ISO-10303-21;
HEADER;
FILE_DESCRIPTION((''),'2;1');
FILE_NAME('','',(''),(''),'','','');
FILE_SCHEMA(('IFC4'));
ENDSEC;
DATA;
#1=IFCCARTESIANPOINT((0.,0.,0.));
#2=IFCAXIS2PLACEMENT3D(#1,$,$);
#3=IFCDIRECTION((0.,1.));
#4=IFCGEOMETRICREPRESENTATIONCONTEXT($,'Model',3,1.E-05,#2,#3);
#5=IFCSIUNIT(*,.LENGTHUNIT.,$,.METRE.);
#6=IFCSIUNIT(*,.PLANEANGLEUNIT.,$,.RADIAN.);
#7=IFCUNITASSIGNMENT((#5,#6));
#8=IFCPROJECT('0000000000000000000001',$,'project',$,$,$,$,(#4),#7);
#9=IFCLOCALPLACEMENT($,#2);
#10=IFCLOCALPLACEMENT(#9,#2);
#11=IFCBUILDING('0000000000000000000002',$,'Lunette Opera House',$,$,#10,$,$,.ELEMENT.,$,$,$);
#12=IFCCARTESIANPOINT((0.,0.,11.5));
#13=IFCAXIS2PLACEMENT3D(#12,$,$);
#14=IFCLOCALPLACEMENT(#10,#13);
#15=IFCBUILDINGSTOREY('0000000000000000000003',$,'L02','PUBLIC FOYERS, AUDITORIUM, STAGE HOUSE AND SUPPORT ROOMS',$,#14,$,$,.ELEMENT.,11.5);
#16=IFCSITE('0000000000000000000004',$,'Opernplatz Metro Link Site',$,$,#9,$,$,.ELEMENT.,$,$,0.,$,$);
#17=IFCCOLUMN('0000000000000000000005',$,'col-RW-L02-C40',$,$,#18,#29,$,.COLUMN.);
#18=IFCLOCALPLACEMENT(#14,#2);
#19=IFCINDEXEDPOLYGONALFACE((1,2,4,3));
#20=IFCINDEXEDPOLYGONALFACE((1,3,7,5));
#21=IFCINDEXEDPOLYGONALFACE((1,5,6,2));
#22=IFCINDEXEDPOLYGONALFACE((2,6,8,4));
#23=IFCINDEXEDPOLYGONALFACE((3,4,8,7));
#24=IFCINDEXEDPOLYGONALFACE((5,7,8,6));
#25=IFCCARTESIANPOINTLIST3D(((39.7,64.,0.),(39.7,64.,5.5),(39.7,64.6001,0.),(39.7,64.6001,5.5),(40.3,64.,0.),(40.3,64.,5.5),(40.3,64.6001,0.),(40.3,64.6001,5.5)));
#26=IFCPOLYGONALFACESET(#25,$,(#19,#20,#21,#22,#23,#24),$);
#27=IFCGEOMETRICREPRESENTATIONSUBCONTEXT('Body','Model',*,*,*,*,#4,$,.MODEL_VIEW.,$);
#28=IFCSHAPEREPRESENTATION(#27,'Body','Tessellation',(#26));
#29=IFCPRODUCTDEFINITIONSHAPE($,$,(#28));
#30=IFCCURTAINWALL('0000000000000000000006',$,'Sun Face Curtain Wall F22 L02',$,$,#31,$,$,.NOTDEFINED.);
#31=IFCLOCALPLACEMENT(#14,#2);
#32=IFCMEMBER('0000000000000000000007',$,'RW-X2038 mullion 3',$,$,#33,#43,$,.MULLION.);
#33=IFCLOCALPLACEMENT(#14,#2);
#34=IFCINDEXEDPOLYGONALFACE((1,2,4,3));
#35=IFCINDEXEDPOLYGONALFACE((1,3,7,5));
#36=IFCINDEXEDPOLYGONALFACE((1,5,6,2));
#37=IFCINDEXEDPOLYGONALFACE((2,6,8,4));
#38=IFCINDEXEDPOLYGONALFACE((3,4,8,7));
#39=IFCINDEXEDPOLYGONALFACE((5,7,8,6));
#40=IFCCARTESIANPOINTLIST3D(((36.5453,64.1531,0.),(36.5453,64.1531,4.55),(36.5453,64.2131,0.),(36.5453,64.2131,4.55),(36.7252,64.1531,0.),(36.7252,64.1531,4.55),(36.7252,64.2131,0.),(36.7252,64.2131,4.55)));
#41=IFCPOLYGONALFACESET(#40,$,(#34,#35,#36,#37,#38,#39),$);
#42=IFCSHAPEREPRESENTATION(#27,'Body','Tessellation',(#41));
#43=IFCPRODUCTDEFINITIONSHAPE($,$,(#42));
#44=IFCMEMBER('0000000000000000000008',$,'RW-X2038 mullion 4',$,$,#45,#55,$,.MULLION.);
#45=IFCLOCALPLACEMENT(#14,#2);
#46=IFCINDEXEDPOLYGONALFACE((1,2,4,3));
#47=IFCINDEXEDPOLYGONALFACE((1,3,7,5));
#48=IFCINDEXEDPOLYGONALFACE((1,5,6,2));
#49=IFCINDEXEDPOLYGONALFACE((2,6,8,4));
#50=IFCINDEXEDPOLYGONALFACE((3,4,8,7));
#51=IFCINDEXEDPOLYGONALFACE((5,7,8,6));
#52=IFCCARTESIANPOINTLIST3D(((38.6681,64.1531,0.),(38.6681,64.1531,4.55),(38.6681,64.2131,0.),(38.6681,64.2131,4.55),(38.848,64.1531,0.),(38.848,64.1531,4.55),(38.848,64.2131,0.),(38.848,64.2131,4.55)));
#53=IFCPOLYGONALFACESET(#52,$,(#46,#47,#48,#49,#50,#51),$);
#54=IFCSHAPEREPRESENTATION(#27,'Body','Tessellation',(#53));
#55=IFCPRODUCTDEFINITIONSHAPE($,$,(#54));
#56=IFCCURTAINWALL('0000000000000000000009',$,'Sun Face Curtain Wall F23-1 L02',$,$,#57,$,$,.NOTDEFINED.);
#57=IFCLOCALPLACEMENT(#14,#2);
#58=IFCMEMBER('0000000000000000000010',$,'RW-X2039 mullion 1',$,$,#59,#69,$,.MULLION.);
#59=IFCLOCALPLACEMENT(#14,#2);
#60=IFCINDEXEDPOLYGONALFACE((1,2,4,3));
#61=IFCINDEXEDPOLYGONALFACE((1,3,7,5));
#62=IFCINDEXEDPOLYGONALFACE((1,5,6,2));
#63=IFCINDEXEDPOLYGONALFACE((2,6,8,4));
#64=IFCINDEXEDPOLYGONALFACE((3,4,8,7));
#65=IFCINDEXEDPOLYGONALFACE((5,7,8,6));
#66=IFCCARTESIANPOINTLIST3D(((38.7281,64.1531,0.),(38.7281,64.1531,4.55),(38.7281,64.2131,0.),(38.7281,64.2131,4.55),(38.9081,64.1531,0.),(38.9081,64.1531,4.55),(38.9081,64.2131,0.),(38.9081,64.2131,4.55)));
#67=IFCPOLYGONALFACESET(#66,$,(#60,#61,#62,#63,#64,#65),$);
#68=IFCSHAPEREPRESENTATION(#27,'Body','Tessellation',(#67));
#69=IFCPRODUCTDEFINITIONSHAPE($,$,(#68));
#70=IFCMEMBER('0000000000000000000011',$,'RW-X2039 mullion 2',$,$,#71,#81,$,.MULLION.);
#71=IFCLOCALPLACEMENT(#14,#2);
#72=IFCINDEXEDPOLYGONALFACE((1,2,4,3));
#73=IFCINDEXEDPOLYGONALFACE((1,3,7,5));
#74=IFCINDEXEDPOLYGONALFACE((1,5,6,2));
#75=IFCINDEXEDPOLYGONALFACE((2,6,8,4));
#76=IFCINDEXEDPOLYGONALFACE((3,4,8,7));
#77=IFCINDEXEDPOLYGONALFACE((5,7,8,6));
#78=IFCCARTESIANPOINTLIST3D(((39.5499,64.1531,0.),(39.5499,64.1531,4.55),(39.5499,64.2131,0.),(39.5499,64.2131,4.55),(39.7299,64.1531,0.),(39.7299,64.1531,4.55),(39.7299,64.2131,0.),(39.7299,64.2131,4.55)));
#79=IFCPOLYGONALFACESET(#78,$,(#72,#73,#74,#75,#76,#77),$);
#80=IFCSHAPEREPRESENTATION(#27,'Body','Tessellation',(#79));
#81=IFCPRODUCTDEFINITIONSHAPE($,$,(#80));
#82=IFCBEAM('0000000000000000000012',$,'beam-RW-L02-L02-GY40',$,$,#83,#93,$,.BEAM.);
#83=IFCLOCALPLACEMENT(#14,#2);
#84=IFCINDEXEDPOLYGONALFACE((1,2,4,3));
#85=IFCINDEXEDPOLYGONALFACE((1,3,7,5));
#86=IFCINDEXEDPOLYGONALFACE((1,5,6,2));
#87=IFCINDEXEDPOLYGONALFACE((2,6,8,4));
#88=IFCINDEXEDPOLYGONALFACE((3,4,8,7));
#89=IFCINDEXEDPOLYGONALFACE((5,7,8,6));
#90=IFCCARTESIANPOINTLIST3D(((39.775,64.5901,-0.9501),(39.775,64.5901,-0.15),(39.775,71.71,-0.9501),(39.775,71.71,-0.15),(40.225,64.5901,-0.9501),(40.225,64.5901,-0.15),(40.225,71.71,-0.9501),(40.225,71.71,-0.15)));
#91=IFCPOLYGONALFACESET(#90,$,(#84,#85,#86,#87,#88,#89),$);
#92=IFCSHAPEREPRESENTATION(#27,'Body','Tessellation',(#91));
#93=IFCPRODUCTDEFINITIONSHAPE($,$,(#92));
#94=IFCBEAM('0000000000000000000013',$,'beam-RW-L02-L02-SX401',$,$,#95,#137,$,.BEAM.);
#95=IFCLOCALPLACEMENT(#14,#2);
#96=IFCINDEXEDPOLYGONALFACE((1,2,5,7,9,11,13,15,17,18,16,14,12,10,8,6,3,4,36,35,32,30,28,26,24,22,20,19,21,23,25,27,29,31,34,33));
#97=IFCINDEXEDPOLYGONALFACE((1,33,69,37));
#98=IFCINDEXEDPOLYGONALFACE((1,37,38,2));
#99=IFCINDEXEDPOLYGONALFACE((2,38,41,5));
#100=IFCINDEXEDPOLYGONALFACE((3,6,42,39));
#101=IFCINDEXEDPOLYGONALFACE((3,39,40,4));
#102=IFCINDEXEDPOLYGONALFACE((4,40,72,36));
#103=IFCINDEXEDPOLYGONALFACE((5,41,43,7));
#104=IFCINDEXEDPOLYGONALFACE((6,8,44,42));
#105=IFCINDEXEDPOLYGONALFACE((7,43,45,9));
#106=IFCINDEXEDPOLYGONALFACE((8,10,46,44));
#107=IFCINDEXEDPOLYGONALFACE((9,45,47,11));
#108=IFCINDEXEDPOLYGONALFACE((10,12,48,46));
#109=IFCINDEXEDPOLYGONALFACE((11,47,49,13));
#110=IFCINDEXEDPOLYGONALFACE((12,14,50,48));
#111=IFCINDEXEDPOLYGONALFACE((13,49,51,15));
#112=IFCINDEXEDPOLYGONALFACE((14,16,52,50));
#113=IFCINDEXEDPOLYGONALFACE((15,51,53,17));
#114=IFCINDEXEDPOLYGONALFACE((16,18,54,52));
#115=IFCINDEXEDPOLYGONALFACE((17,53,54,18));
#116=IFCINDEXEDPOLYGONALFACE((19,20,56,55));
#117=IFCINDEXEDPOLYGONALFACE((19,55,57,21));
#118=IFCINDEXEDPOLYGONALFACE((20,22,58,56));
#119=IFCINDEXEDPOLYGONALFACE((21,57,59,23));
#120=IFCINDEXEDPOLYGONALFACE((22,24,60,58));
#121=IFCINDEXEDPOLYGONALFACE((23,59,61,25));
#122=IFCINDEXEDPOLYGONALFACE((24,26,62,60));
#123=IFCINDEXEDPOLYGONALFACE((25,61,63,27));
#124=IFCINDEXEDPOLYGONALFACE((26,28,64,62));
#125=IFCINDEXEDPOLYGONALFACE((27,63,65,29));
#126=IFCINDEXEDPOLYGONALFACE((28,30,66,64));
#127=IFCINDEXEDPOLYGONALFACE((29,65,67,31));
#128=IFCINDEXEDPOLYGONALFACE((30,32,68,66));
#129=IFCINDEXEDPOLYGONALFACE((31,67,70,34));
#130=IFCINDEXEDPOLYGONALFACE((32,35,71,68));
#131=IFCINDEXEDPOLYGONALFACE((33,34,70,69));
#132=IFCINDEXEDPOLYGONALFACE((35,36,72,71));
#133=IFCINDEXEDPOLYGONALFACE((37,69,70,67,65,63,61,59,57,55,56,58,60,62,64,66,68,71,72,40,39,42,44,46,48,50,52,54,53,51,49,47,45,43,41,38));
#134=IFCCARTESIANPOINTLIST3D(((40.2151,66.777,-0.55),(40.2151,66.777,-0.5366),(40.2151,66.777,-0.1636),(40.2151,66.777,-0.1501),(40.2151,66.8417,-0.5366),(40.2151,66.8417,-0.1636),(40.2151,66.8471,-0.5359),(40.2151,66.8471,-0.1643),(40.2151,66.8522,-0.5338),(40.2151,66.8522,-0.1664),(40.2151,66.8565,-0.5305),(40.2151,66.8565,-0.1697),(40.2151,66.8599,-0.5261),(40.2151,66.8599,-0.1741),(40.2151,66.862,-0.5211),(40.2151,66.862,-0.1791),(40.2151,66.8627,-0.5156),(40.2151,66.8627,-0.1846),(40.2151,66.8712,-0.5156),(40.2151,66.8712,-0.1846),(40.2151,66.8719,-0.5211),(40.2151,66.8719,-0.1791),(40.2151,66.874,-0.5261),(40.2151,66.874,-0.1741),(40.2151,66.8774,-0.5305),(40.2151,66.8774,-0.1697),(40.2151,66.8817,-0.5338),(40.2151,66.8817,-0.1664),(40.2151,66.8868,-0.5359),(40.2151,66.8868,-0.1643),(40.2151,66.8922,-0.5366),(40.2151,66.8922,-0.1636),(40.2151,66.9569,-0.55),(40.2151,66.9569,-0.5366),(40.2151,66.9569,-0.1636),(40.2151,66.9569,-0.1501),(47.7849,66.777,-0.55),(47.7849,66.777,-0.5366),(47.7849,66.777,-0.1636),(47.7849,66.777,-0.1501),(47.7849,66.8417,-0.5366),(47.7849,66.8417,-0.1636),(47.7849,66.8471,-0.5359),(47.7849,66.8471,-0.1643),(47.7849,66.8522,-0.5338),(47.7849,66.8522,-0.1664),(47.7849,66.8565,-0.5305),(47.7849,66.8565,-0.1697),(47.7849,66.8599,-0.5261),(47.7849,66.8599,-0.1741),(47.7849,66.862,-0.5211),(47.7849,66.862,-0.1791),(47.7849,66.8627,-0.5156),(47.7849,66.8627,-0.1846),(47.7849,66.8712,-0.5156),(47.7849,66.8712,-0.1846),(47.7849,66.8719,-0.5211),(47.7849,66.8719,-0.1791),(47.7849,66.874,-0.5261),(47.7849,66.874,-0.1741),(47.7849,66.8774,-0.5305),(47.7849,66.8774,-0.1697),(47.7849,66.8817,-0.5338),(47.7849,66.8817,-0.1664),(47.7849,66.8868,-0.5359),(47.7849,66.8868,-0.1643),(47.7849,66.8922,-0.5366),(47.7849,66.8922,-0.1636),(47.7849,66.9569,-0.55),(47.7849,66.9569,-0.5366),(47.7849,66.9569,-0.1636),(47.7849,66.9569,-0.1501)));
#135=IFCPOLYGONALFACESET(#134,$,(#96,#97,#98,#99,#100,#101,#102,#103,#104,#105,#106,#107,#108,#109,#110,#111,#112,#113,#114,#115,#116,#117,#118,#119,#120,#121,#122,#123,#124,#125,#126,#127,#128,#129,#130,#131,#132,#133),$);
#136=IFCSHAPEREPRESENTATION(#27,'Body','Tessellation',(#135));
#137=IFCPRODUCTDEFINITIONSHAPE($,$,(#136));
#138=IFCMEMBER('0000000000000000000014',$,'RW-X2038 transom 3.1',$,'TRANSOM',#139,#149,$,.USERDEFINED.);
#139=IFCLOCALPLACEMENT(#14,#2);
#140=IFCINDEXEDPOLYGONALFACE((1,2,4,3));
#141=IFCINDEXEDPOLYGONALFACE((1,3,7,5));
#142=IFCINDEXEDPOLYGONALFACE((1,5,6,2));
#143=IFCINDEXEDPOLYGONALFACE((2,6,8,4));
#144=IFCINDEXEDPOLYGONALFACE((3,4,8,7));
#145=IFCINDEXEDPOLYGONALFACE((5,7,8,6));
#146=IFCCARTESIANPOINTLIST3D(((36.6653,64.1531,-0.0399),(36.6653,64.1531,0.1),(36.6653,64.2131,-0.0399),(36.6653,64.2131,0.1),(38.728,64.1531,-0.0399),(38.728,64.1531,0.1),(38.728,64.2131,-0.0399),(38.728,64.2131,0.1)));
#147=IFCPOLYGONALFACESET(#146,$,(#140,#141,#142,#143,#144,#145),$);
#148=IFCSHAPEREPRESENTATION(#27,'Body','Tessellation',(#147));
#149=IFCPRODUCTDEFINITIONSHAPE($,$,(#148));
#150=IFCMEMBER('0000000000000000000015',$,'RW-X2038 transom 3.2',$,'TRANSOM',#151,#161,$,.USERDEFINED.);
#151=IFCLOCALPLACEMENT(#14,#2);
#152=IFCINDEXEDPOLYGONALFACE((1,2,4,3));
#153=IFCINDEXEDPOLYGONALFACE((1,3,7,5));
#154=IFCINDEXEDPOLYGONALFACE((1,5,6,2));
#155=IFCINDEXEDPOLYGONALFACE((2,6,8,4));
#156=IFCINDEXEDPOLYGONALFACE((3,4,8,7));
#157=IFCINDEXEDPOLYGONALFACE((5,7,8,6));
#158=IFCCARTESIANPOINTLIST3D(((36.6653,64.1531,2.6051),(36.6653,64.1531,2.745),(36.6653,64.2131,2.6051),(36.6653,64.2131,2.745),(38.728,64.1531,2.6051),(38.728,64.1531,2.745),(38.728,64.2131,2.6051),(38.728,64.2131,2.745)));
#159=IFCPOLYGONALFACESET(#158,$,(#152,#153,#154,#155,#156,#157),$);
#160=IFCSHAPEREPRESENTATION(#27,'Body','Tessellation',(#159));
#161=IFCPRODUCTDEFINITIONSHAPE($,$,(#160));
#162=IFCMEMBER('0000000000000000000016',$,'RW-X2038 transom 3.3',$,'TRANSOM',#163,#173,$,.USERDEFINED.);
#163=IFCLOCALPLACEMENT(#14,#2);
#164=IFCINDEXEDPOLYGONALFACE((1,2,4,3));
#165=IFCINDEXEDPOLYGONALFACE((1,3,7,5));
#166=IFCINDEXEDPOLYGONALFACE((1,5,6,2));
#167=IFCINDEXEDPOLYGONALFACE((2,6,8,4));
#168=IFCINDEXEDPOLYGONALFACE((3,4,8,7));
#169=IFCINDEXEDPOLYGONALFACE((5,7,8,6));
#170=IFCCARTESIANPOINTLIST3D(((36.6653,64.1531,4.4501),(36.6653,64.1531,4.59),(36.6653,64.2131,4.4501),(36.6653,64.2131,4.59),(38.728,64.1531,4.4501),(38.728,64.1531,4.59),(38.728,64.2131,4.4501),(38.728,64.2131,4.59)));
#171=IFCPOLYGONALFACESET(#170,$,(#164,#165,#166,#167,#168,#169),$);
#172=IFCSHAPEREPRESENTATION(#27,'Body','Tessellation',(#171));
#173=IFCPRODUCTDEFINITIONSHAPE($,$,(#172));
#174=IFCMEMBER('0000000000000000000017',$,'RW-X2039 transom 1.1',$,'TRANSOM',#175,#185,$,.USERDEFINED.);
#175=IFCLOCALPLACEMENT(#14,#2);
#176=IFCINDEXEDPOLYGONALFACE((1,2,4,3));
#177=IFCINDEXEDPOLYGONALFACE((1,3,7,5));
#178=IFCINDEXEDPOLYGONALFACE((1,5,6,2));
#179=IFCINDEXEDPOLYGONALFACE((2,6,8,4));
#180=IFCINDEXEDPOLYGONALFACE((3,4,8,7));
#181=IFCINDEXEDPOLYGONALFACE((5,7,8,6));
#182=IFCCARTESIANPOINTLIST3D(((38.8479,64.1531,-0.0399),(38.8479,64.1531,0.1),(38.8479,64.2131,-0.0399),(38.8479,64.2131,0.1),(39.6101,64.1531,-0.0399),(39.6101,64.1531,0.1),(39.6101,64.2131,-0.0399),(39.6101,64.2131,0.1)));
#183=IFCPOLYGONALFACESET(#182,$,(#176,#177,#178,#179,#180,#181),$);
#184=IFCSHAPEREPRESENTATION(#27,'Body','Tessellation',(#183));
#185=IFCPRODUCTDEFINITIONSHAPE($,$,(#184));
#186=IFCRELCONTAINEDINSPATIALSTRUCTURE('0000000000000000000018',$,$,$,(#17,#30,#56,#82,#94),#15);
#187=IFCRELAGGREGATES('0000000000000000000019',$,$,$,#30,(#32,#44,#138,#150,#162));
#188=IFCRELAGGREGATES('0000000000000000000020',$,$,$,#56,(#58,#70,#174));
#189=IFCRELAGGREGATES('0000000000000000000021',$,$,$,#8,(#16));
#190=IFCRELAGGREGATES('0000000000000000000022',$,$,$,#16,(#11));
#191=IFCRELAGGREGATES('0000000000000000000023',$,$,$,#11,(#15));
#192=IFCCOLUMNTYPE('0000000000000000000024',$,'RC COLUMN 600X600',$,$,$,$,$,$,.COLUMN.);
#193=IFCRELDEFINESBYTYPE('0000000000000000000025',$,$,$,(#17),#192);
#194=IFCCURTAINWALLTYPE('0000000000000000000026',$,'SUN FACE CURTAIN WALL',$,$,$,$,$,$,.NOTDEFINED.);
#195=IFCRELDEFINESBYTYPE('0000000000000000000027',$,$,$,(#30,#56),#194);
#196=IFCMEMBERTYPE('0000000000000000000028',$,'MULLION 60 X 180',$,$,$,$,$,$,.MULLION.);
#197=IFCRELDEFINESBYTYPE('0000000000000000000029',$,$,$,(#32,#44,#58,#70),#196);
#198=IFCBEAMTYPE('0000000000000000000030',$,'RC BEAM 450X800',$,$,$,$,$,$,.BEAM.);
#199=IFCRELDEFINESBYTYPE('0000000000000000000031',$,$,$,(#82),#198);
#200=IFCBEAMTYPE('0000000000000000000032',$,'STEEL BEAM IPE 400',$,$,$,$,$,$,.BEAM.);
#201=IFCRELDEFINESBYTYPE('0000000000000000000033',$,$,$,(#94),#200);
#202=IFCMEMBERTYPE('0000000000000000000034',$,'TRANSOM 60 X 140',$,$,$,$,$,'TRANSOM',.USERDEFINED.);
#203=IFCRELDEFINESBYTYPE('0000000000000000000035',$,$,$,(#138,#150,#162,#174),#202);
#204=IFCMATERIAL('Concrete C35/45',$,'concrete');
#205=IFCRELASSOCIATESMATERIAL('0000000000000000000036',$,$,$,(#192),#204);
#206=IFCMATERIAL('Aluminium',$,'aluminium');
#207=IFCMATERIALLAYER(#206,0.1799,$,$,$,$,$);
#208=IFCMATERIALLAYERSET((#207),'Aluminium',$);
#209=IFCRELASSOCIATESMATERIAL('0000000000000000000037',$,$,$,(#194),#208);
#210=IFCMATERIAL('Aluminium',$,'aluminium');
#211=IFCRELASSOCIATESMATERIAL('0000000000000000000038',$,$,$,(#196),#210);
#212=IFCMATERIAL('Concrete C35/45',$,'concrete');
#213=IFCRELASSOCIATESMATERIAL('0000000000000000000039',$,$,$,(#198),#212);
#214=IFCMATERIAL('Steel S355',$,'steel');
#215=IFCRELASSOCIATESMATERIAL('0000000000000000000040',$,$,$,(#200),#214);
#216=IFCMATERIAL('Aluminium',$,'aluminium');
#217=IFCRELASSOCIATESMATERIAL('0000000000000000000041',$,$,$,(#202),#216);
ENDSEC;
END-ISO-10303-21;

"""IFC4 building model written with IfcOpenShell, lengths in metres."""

from ifc_helpers import new_model, si_unit, direction, frame, origin, origin_2d, place, context, subcontext, project, spatial, rectangle, i_section, extrude, material, layer, layer_set, material_profile, profile_set, type_object, element, aggregate, save


model = new_model("IFC4")

# Units and contexts
model_context = context("Model", 3, precision=1e-05, world=origin(), true_north=direction((0.0, 1.0)))
body_context = subcontext(model_context, "Body", "Model", "MODEL_VIEW")
ifc_project = project(units=[si_unit("LENGTHUNIT", "METRE"), si_unit("PLANEANGLEUNIT", "RADIAN")], contexts=[model_context])

# Site, building, storey
site_placement = place(None, origin())
site = spatial("IfcSite", under=ifc_project, at=site_placement, Name="Opernplatz Metro Link Site", CompositionType="ELEMENT", RefElevation=0.0)
building_placement = place(site_placement, origin())
building = spatial("IfcBuilding", under=site, at=building_placement, Name="Lunette Opera House", CompositionType="ELEMENT")
storey_placement = place(building_placement, frame((0.0, 0.0, 11.5)))
storey = spatial("IfcBuildingStorey", under=building, at=storey_placement, Name="L02", Description="PUBLIC FOYERS, AUDITORIUM, STAGE HOUSE AND SUPPORT ROOMS", CompositionType="ELEMENT", Elevation=11.5)

# Column
ifc_material_1 = material(Name="Concrete C35/45", Category="concrete")
ifc_material_profile_1 = material_profile(ifc_material_1, rectangle(XDim=0.6001, YDim=0.6001, at=origin_2d()), Name="RC COLUMN 600X600")
ifc_profile_set_1 = profile_set([ifc_material_profile_1], Name="Concrete C35/45")
column_type = type_object("IfcColumnType", Name="RC COLUMN 600X600", PredefinedType="COLUMN", material=ifc_profile_set_1)
column_placement = place(storey_placement, frame((40.0, 64.3, 0.0), z_axis=(0.0, 0.0, 1.0), x_axis=(1.0, 0.0, 0.0)))
element("IfcColumn", 1, at=column_placement, inside=storey, type_object=column_type, Name="col-RW-L02-C40", PredefinedType="COLUMN", context=body_context, shape_type="SweptSolid", body=[
    extrude(rectangle(XDim=0.6001, YDim=0.6001, at=origin_2d()), origin(), (0.0, 0.0, 1.0), 5.5),
])

# Curtain walls, members
ifc_material_2 = material(Name="Aluminium", Category="aluminium")
ifc_layer_1 = layer(ifc_material_2, 0.1799)
ifc_layer_set_1 = layer_set([ifc_layer_1], Name="Aluminium")
curtain_wall_type = type_object("IfcCurtainWallType", Name="SUN FACE CURTAIN WALL", PredefinedType="NOTDEFINED", material=ifc_layer_set_1)
curtain_wall_1_placement = place(storey_placement, origin())
curtain_wall_1 = element("IfcCurtainWall", 2, at=curtain_wall_1_placement, inside=storey, type_object=curtain_wall_type, Name="Sun Face Curtain Wall F22 L02", PredefinedType="NOTDEFINED")
ifc_material_3 = material(Name="Aluminium", Category="aluminium")
ifc_material_profile_2 = material_profile(ifc_material_3, rectangle(XDim=0.0601, YDim=0.1799, at=origin_2d()), Name="MULLION 60 X 180")
ifc_profile_set_2 = profile_set([ifc_material_profile_2], Name="Aluminium")
member_type_1 = type_object("IfcMemberType", Name="MULLION 60 X 180", PredefinedType="MULLION", material=ifc_profile_set_2)
member_1_placement = place(storey_placement, frame((36.6353, 64.1831, 0.0), z_axis=(0.0, 0.0, 1.0), x_axis=(0.0, 1.0, 0.0)))
member_1 = element("IfcMember", 3, at=member_1_placement, type_object=member_type_1, Name="RW-X2038 mullion 3", PredefinedType="MULLION", context=body_context, shape_type="SweptSolid", body=[
    extrude(rectangle(XDim=0.0601, YDim=0.1799, at=origin_2d()), origin(), (0.0, 0.0, 1.0), 4.55),
])
member_2_placement = place(storey_placement, frame((38.7581, 64.1831, 0.0), z_axis=(0.0, 0.0, 1.0), x_axis=(0.0, 1.0, 0.0)))
member_2 = element("IfcMember", 4, at=member_2_placement, type_object=member_type_1, Name="RW-X2038 mullion 4", PredefinedType="MULLION", context=body_context, shape_type="SweptSolid", body=[
    extrude(rectangle(XDim=0.0601, YDim=0.1799, at=origin_2d()), origin(), (0.0, 0.0, 1.0), 4.55),
])
curtain_wall_2_placement = place(storey_placement, origin())
curtain_wall_2 = element("IfcCurtainWall", 5, at=curtain_wall_2_placement, inside=storey, type_object=curtain_wall_type, Name="Sun Face Curtain Wall F23-1 L02", PredefinedType="NOTDEFINED")
member_3_placement = place(storey_placement, frame((38.8181, 64.1831, 0.0), z_axis=(0.0, 0.0, 1.0), x_axis=(0.0, 1.0, 0.0)))
member_3 = element("IfcMember", 6, at=member_3_placement, type_object=member_type_1, Name="RW-X2039 mullion 1", PredefinedType="MULLION", context=body_context, shape_type="SweptSolid", body=[
    extrude(rectangle(XDim=0.0601, YDim=0.1799, at=origin_2d()), origin(), (0.0, 0.0, 1.0), 4.55),
])
member_4_placement = place(storey_placement, frame((39.6399, 64.1831, 0.0), z_axis=(0.0, 0.0, 1.0), x_axis=(0.0, 1.0, 0.0)))
member_4 = element("IfcMember", 7, at=member_4_placement, type_object=member_type_1, Name="RW-X2039 mullion 2", PredefinedType="MULLION", context=body_context, shape_type="SweptSolid", body=[
    extrude(rectangle(XDim=0.0601, YDim=0.1799, at=origin_2d()), origin(), (0.0, 0.0, 1.0), 4.55),
])

# Beams
ifc_material_4 = material(Name="Concrete C35/45", Category="concrete")
ifc_material_profile_3 = material_profile(ifc_material_4, rectangle(XDim=0.45, YDim=0.8, at=origin_2d()), Name="RC BEAM 450X800")
ifc_profile_set_3 = profile_set([ifc_material_profile_3], Name="Concrete C35/45")
beam_type_1 = type_object("IfcBeamType", Name="RC BEAM 450X800", PredefinedType="BEAM", material=ifc_profile_set_3)
beam_1_placement = place(storey_placement, frame((40.0, 64.5901, -0.55), z_axis=(0.0, 1.0, 0.0), x_axis=(-1.0, 0.0, 0.0)))
element("IfcBeam", 8, at=beam_1_placement, inside=storey, type_object=beam_type_1, Name="beam-RW-L02-L02-GY40", PredefinedType="BEAM", context=body_context, shape_type="SweptSolid", body=[
    extrude(rectangle(XDim=0.45, YDim=0.8, at=origin_2d()), origin(), (0.0, 0.0, 1.0), 7.1199),
])
ifc_material_5 = material(Name="Steel S355", Category="steel")
ifc_material_profile_4 = material_profile(ifc_material_5, i_section(OverallWidth=0.1799, OverallDepth=0.3999, WebThickness=0.0085, FlangeThickness=0.0134, FilletRadius=0.021, at=origin_2d()), Name="IPE 400")
ifc_profile_set_4 = profile_set([ifc_material_profile_4], Name="Steel S355")
beam_type_2 = type_object("IfcBeamType", Name="STEEL BEAM IPE 400", PredefinedType="BEAM", material=ifc_profile_set_4)
beam_2_placement = place(storey_placement, frame((40.2151, 66.8669, -0.3501), z_axis=(1.0, 0.0, 0.0), x_axis=(0.0, 1.0, 0.0)))
element("IfcBeam", 9, at=beam_2_placement, inside=storey, type_object=beam_type_2, Name="beam-RW-L02-L02-SX401", PredefinedType="BEAM", context=body_context, shape_type="SweptSolid", body=[
    extrude(i_section(OverallWidth=0.1799, OverallDepth=0.3999, WebThickness=0.0085, FlangeThickness=0.0134, FilletRadius=0.021, at=origin_2d()), origin(), (0.0, 0.0, 1.0), 7.5698),
])

# Members
ifc_material_6 = material(Name="Aluminium", Category="aluminium")
ifc_material_profile_5 = material_profile(ifc_material_6, rectangle(XDim=0.0601, YDim=0.1399, at=origin_2d()), Name="TRANSOM 60 X 140")
ifc_profile_set_5 = profile_set([ifc_material_profile_5], Name="Aluminium")
member_type_2 = type_object("IfcMemberType", Name="TRANSOM 60 X 140", ElementType="TRANSOM", PredefinedType="USERDEFINED", material=ifc_profile_set_5)
member_5_placement = place(storey_placement, frame((36.6653, 64.1831, 0.03), z_axis=(1.0, 0.0, 0.0), x_axis=(0.0, 1.0, 0.0)))
member_5 = element("IfcMember", 10, at=member_5_placement, type_object=member_type_2, Name="RW-X2038 transom 3.1", ObjectType="TRANSOM", PredefinedType="USERDEFINED", context=body_context, shape_type="SweptSolid", body=[
    extrude(rectangle(XDim=0.0601, YDim=0.1399, at=origin_2d()), origin(), (0.0, 0.0, 1.0), 2.0627),
])
member_6_placement = place(storey_placement, frame((36.6653, 64.1831, 2.675), z_axis=(1.0, 0.0, 0.0), x_axis=(0.0, 1.0, 0.0)))
member_6 = element("IfcMember", 11, at=member_6_placement, type_object=member_type_2, Name="RW-X2038 transom 3.2", ObjectType="TRANSOM", PredefinedType="USERDEFINED", context=body_context, shape_type="SweptSolid", body=[
    extrude(rectangle(XDim=0.0601, YDim=0.1399, at=origin_2d()), origin(), (0.0, 0.0, 1.0), 2.0627),
])
member_7_placement = place(storey_placement, frame((36.6653, 64.1831, 4.52), z_axis=(1.0, 0.0, 0.0), x_axis=(0.0, 1.0, 0.0)))
member_7 = element("IfcMember", 12, at=member_7_placement, type_object=member_type_2, Name="RW-X2038 transom 3.3", ObjectType="TRANSOM", PredefinedType="USERDEFINED", context=body_context, shape_type="SweptSolid", body=[
    extrude(rectangle(XDim=0.0601, YDim=0.1399, at=origin_2d()), origin(), (0.0, 0.0, 1.0), 2.0627),
])
member_8_placement = place(storey_placement, frame((38.8479, 64.1831, 0.03), z_axis=(1.0, 0.0, 0.0), x_axis=(0.0, 1.0, 0.0)))
member_8 = element("IfcMember", 13, at=member_8_placement, type_object=member_type_2, Name="RW-X2039 transom 1.1", ObjectType="TRANSOM", PredefinedType="USERDEFINED", context=body_context, shape_type="SweptSolid", body=[
    extrude(rectangle(XDim=0.0601, YDim=0.1399, at=origin_2d()), origin(), (0.0, 0.0, 1.0), 0.7622),
])

aggregate(curtain_wall_1, [member_1, member_2, member_5, member_6, member_7])
aggregate(curtain_wall_2, [member_3, member_4, member_8])

save(model, "model.ifc")
